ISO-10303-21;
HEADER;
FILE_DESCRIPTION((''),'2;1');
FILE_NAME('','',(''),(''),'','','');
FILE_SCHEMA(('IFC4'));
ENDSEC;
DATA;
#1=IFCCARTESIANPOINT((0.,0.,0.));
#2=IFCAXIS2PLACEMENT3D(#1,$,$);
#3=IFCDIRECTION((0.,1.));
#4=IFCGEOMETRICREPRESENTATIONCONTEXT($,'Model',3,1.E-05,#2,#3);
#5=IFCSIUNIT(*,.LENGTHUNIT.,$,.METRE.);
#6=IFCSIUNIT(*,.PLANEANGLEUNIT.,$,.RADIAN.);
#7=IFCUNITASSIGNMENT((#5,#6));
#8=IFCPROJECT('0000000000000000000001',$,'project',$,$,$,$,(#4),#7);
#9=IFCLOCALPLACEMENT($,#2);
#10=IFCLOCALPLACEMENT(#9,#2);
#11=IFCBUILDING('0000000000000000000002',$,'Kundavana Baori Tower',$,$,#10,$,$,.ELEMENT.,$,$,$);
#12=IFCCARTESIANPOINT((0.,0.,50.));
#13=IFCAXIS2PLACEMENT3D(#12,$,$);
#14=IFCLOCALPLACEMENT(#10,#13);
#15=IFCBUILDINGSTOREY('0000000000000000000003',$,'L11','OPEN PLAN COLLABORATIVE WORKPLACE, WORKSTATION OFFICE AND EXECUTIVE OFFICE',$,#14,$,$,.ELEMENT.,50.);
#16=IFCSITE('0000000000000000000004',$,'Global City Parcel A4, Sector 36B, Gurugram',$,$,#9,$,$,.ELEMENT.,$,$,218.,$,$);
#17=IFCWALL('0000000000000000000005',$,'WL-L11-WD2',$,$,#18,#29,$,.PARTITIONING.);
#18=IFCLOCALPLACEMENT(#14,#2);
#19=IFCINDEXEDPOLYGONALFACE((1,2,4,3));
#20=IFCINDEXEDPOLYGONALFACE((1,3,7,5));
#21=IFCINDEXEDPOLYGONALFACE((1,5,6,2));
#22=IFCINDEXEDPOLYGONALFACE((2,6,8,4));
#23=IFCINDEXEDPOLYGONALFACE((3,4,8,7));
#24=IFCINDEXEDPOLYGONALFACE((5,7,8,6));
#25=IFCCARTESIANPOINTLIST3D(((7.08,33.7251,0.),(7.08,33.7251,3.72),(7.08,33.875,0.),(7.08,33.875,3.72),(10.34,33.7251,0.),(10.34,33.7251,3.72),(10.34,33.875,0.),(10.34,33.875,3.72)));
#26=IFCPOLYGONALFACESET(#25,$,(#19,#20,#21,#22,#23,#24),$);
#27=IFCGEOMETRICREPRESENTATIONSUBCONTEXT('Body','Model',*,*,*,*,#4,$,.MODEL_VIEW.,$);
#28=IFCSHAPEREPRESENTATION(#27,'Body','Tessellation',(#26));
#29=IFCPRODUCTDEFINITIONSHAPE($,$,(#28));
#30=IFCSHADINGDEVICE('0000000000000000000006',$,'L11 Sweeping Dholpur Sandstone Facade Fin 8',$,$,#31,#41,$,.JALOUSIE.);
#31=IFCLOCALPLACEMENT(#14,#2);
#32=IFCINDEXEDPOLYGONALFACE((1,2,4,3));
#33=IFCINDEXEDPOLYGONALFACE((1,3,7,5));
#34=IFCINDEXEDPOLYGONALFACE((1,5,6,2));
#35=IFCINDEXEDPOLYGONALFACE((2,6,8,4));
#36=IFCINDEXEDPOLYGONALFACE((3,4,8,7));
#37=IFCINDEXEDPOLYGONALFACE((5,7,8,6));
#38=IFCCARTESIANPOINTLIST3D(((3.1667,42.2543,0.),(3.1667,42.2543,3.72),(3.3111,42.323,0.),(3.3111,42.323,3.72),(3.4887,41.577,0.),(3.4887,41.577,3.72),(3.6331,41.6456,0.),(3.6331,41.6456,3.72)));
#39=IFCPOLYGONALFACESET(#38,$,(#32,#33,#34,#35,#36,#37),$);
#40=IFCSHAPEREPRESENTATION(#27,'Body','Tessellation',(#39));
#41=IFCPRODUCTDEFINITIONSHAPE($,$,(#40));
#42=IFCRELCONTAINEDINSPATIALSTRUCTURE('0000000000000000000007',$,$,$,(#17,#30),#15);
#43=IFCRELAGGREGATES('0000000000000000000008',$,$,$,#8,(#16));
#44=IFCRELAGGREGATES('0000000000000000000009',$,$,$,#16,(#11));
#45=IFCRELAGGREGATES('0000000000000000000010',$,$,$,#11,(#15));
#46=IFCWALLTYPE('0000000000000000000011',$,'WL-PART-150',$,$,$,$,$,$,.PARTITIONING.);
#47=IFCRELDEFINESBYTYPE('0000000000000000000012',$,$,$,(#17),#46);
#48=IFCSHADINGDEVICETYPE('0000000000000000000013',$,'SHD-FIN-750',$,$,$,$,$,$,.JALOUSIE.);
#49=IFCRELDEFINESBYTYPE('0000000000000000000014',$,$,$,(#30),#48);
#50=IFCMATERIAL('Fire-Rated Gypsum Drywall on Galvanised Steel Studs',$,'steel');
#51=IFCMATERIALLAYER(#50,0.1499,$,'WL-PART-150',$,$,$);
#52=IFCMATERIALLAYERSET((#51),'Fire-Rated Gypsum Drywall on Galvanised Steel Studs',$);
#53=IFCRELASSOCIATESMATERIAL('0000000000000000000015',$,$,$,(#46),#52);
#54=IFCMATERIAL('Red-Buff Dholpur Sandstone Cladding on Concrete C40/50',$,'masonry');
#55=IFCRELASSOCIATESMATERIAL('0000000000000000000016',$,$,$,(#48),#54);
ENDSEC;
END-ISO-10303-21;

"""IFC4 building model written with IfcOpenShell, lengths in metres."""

from ifc_helpers import new_model, si_unit, direction, frame, frame_2d, origin, origin_2d, place, context, subcontext, project, spatial, rectangle, extrude, material, layer, layer_set, type_object, element, save


model = new_model("IFC4")

# Units and contexts
model_context = context("Model", 3, precision=1e-05, world=origin(), true_north=direction((0.0, 1.0)))
body_context = subcontext(model_context, "Body", "Model", "MODEL_VIEW")
ifc_project = project(units=[si_unit("LENGTHUNIT", "METRE"), si_unit("PLANEANGLEUNIT", "RADIAN")], contexts=[model_context])

# Site, building, storey
site_placement = place(None, origin())
site = spatial("IfcSite", under=ifc_project, at=site_placement, Name="Global City Parcel A4, Sector 36B, Gurugram", CompositionType="ELEMENT", RefElevation=218.0)
building_placement = place(site_placement, origin())
building = spatial("IfcBuilding", under=site, at=building_placement, Name="Kundavana Baori Tower", CompositionType="ELEMENT")
storey_placement = place(building_placement, frame((0.0, 0.0, 50.0)))
storey = spatial("IfcBuildingStorey", under=building, at=storey_placement, Name="L11", Description="OPEN PLAN COLLABORATIVE WORKPLACE, WORKSTATION OFFICE AND EXECUTIVE OFFICE", CompositionType="ELEMENT", Elevation=50.0)

# Shared definitions
ifc_material_1 = material(Name="Fire-Rated Gypsum Drywall on Galvanised Steel Studs", Category="steel")
ifc_layer_1 = layer(ifc_material_1, 0.1499, Name="WL-PART-150")
ifc_layer_set_1 = layer_set([ifc_layer_1], Name="Fire-Rated Gypsum Drywall on Galvanised Steel Studs")
wall_type_1 = type_object("IfcWallType", Name="WL-PART-150", PredefinedType="PARTITIONING", material=ifc_layer_set_1)

# Wall
wall_1_placement = place(storey_placement, frame((7.0801, 33.8, 0.0), z_axis=(0.0, 0.0, 1.0), x_axis=(1.0, 0.0, 0.0)))
element("IfcWall", 1, at=wall_1_placement, inside=storey, type_object=wall_type_1, Name="WL-L11-WD2", PredefinedType="PARTITIONING", context=body_context, shape_type="SweptSolid", body=[
    extrude(rectangle(XDim=3.26, YDim=0.1499, at=frame_2d((1.6299, 0.0))), origin(), (0.0, 0.0, 1.0), 3.72),
])

# Shading device
ifc_material_2 = material(Name="Red-Buff Dholpur Sandstone Cladding on Concrete C40/50", Category="masonry")
shading_device_type = type_object("IfcShadingDeviceType", Name="SHD-FIN-750", PredefinedType="JALOUSIE", material=ifc_material_2)
shading_device_placement = place(storey_placement, frame((3.3999, 41.95, 0.0), z_axis=(0.0, 0.0, 1.0), x_axis=(0.903111, 0.429408, 0.0)))
element("IfcShadingDevice", 2, at=shading_device_placement, inside=storey, type_object=shading_device_type, Name="L11 Sweeping Dholpur Sandstone Facade Fin 8", PredefinedType="JALOUSIE", context=body_context, shape_type="SweptSolid", body=[
    extrude(rectangle(XDim=0.1599, YDim=0.75, at=origin_2d()), origin(), (0.0, 0.0, 1.0), 3.72),
])

save(model, "model.ifc")
